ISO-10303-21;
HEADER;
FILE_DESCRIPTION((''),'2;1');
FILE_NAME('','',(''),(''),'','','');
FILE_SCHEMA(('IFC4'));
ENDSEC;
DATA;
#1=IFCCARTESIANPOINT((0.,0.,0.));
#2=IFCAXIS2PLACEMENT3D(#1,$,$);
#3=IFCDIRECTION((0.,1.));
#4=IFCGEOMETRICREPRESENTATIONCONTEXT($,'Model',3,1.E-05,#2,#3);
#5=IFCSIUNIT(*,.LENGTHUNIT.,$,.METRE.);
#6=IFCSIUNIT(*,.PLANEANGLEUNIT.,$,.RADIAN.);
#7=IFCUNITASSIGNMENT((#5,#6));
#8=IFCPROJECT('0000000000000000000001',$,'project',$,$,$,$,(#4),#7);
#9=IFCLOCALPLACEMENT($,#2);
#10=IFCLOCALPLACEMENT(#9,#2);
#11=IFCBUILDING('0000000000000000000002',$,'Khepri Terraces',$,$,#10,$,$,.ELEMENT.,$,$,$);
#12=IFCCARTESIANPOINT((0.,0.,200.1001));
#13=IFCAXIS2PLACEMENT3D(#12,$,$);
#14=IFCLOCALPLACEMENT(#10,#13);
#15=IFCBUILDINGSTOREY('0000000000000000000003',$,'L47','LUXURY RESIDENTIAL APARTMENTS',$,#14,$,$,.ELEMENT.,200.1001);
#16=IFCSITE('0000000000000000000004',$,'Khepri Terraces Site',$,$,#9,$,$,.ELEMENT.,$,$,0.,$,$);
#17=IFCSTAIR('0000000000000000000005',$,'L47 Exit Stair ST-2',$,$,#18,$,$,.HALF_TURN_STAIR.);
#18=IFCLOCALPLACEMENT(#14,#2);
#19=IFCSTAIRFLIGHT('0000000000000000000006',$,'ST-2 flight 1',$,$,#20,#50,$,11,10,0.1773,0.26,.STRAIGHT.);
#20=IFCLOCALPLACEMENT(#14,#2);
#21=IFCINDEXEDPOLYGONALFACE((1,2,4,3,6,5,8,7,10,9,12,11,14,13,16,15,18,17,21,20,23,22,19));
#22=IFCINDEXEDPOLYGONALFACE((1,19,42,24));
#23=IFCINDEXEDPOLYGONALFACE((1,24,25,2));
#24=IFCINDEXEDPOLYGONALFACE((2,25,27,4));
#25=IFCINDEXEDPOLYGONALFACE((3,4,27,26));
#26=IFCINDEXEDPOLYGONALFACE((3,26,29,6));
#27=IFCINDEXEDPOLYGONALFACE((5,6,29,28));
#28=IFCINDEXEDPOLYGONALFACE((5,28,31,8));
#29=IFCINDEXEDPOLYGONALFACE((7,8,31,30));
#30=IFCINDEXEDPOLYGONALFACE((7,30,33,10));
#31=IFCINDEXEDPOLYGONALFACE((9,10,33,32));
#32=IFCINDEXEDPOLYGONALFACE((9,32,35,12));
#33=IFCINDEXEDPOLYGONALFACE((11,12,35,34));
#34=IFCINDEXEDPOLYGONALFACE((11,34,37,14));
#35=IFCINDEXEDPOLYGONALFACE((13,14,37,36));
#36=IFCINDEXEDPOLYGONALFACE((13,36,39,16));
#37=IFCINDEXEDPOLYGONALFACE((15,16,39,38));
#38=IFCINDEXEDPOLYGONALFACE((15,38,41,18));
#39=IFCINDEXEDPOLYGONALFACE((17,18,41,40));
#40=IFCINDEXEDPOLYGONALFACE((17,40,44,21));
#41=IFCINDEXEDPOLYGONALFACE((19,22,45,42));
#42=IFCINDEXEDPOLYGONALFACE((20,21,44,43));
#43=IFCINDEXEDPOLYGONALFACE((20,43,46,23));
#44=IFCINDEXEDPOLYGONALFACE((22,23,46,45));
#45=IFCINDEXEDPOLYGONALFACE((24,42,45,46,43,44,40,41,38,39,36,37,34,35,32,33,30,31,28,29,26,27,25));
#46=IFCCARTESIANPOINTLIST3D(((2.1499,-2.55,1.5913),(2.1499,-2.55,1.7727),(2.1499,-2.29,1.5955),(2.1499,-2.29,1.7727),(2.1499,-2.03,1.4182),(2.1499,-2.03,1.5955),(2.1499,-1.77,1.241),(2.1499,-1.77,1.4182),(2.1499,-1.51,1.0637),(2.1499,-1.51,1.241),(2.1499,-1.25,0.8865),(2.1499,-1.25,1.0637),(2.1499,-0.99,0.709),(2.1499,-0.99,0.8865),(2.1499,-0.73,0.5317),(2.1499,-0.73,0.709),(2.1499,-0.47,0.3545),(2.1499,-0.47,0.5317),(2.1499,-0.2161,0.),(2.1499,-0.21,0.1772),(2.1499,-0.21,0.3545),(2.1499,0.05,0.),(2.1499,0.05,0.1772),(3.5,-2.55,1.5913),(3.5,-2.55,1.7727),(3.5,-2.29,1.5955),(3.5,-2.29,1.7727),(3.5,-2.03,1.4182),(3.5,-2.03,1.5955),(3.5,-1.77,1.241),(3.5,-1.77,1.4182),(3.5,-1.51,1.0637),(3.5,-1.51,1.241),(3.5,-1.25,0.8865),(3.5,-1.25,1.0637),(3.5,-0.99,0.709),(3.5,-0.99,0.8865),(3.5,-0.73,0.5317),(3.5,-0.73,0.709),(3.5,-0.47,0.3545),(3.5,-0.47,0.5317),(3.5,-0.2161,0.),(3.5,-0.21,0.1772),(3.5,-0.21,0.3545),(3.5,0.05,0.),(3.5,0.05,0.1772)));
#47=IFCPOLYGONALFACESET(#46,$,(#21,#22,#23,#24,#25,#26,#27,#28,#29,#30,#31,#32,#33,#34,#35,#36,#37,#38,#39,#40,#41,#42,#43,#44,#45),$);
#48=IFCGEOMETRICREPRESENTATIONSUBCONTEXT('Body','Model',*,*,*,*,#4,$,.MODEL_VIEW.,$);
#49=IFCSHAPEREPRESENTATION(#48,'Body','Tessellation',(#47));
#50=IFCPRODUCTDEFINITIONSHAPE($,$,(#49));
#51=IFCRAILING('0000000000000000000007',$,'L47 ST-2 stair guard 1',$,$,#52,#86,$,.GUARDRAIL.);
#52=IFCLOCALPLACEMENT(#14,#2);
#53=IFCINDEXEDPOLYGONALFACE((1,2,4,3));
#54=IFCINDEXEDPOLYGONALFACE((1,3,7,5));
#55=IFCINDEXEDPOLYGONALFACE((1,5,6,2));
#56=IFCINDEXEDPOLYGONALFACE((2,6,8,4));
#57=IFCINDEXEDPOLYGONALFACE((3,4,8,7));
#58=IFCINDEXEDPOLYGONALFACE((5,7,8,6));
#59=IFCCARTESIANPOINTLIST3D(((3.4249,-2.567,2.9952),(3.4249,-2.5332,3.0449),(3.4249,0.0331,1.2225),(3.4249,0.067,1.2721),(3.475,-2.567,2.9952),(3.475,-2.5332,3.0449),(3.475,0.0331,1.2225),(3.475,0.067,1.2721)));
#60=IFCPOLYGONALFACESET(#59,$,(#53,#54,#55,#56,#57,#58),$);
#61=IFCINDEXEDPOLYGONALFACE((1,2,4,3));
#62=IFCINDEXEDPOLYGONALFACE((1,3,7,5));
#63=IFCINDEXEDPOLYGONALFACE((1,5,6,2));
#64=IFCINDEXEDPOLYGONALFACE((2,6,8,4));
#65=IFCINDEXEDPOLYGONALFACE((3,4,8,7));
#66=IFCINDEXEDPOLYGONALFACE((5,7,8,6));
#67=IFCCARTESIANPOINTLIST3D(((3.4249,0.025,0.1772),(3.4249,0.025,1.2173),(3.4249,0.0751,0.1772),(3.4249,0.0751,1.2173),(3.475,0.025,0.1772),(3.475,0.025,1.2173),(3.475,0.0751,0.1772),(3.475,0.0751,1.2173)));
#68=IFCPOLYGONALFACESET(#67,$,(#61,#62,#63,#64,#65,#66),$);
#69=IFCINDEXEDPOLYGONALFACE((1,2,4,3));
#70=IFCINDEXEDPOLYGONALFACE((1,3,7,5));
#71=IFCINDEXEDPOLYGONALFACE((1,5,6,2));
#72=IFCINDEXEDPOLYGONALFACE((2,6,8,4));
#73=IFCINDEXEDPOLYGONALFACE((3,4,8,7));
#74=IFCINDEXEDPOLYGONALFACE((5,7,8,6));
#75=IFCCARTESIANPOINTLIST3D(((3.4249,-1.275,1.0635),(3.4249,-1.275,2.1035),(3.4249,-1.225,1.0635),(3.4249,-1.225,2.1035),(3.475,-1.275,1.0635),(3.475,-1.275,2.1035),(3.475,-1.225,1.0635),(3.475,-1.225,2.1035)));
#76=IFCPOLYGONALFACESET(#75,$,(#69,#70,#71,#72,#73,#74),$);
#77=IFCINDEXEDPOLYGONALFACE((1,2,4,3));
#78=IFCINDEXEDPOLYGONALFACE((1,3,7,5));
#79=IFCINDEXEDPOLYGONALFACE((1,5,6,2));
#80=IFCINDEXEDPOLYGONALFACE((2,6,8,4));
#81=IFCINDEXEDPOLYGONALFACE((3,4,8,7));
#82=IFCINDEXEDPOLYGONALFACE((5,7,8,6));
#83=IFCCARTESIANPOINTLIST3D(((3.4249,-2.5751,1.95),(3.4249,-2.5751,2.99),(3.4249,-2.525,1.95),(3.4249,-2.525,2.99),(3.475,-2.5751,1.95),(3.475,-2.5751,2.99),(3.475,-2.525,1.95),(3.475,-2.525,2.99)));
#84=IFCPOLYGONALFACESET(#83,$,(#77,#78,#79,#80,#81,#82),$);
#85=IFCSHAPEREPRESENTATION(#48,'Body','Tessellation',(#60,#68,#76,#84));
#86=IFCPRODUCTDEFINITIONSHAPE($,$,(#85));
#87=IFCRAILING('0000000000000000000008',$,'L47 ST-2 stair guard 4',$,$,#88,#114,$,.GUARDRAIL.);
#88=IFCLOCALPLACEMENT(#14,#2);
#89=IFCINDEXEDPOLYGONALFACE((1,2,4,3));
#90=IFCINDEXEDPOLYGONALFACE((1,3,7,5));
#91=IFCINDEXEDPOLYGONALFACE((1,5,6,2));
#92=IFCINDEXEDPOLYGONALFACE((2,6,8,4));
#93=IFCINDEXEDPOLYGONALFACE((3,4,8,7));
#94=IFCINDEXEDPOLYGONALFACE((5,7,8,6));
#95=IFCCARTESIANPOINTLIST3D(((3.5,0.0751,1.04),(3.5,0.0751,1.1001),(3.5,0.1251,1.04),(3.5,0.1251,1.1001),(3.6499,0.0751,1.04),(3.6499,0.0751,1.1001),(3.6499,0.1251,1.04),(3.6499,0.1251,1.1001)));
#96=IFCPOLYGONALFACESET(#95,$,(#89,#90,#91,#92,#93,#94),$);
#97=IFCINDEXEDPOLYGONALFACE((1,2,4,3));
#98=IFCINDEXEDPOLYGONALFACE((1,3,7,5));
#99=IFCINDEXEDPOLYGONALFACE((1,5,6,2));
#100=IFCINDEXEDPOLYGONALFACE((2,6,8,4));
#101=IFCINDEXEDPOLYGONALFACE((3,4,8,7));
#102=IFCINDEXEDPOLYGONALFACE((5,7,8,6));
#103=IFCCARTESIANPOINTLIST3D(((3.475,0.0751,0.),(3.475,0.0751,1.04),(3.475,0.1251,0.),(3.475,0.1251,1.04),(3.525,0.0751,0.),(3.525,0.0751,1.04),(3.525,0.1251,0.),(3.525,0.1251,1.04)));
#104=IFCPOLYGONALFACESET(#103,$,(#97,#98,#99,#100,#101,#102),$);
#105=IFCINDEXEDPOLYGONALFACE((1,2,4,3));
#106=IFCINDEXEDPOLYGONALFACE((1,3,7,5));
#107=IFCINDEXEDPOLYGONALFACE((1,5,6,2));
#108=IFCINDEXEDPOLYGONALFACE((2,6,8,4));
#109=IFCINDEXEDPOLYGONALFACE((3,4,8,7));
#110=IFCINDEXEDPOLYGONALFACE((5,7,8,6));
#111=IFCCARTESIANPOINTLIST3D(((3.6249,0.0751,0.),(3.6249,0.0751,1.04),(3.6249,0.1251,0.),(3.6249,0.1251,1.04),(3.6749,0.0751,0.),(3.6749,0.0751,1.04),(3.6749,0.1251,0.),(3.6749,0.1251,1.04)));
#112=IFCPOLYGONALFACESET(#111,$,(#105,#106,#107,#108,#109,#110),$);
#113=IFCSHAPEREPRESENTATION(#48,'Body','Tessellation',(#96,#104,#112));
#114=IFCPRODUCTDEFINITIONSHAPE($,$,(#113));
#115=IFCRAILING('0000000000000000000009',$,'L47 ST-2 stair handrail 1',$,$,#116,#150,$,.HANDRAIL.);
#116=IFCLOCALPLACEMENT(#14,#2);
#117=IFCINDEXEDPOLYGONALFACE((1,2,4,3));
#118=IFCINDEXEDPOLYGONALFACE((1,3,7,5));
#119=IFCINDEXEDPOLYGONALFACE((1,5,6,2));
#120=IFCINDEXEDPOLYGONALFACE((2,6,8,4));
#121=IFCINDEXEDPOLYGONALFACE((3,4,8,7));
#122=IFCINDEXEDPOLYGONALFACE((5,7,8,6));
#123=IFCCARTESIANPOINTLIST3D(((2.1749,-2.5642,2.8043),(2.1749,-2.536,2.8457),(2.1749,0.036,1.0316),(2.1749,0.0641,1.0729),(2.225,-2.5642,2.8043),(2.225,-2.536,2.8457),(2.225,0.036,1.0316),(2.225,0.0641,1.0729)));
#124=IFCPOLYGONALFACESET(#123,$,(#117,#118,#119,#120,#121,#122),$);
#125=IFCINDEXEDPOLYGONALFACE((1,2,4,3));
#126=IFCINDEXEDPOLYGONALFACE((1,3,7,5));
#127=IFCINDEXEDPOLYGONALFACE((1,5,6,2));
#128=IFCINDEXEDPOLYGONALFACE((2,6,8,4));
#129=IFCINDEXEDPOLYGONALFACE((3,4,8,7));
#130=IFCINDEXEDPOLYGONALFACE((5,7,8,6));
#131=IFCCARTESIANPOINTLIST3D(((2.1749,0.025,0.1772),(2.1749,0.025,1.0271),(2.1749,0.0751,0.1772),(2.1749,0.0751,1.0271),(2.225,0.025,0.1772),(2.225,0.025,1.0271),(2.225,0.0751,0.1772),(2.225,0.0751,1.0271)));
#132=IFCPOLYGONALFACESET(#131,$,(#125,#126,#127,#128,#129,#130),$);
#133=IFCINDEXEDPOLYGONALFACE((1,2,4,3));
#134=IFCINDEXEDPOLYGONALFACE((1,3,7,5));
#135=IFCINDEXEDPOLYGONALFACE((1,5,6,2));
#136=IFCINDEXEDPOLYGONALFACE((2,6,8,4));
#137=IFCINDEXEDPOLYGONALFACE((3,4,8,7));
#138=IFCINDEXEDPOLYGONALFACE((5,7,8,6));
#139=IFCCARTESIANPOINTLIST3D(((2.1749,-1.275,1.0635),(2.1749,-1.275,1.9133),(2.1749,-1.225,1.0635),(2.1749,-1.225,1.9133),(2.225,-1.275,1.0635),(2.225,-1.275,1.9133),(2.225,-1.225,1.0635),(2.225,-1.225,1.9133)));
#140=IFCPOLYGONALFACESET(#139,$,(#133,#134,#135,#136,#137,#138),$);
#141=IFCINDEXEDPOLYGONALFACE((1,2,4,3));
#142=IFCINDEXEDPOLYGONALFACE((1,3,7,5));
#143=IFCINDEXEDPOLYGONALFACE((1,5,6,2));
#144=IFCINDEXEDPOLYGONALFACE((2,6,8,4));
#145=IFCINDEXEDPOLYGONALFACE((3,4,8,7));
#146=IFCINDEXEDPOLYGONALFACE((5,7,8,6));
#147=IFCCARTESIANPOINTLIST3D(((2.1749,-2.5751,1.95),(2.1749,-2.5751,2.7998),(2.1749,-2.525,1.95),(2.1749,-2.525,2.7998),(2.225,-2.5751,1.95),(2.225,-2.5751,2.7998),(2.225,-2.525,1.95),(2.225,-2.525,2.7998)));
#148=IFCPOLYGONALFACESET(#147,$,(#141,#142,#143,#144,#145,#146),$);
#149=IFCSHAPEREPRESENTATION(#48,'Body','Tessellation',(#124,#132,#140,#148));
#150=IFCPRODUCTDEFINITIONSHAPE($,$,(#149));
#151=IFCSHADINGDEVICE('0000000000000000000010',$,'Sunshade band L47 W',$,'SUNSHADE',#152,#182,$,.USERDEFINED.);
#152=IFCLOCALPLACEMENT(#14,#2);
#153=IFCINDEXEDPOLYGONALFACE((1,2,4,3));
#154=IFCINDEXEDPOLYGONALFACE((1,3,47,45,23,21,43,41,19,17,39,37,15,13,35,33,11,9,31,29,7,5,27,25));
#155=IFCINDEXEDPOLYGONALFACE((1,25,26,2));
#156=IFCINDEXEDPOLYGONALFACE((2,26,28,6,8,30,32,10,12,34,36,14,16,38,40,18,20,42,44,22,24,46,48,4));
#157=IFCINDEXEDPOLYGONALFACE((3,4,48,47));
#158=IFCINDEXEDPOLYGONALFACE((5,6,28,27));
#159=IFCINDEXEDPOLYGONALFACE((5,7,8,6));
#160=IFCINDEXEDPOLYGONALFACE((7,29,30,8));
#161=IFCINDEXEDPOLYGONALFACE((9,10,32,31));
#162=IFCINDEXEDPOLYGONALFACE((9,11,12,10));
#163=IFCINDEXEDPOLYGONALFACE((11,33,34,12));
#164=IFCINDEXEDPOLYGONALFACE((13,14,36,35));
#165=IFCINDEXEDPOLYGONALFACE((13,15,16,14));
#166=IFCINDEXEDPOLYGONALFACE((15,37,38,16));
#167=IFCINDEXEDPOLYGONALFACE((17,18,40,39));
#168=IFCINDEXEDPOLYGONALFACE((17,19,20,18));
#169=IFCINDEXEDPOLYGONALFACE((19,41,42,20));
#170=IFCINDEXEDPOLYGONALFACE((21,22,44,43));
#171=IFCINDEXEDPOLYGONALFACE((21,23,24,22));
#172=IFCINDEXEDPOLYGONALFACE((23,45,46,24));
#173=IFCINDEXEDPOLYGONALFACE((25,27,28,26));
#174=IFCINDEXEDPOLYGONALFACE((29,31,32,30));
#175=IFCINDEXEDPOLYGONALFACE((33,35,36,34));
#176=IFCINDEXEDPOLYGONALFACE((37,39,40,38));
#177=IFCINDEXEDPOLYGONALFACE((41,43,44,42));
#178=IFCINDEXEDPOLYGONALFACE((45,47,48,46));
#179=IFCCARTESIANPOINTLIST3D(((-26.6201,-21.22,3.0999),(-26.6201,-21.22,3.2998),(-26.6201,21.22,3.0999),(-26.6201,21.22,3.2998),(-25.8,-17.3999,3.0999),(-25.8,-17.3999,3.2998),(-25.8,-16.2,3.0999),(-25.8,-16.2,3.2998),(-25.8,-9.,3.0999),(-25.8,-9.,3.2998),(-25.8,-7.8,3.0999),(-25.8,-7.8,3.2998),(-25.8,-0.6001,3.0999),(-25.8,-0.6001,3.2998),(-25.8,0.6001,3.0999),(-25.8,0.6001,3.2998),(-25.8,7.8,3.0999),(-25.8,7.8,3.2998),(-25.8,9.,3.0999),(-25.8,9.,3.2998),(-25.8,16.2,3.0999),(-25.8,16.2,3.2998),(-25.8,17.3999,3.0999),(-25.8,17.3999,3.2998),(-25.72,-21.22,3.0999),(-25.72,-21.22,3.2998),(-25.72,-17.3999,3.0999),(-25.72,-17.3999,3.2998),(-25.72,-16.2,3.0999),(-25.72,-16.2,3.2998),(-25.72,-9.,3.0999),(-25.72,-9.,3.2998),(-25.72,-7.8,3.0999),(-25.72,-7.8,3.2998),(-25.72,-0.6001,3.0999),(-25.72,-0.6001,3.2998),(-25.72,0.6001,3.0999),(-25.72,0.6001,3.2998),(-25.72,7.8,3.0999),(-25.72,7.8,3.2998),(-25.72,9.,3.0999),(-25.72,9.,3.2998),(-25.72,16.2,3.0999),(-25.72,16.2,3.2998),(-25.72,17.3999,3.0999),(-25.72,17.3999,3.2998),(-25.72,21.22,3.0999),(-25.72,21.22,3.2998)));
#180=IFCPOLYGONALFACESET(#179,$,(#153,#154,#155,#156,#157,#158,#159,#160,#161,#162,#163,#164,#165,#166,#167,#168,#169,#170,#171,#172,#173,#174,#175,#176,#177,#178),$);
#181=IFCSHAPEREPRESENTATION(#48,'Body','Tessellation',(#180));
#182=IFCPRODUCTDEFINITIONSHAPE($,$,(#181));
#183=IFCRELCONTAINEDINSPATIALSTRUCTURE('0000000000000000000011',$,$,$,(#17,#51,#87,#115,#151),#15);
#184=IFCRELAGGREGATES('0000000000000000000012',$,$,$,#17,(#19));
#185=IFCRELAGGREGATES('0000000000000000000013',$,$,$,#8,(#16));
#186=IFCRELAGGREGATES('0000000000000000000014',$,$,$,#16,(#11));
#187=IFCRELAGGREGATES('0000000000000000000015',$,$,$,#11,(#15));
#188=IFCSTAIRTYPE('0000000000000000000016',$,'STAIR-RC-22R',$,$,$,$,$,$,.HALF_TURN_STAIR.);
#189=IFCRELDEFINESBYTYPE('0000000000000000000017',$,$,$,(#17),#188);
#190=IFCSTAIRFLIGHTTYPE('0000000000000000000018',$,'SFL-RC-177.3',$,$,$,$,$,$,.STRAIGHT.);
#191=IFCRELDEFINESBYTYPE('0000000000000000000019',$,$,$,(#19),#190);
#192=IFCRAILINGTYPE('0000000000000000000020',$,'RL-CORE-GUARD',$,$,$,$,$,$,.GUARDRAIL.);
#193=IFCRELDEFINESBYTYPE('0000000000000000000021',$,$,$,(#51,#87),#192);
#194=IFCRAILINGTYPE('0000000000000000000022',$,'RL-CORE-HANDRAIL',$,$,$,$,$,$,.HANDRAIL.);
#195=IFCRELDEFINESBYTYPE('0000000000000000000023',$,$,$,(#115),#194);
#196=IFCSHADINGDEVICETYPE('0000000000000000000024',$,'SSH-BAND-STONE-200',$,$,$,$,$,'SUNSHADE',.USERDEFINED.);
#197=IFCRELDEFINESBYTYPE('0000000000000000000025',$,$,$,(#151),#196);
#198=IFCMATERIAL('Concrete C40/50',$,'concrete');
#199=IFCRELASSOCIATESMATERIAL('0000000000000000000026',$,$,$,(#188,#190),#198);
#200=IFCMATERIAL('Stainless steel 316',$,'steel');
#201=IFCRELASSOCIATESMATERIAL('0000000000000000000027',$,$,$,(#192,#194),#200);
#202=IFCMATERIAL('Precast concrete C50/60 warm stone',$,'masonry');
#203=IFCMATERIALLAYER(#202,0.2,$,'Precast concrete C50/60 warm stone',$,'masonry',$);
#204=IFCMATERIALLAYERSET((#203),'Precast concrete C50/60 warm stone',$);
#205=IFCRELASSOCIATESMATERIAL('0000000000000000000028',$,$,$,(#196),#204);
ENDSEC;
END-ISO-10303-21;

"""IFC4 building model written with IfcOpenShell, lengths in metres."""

from ifc_helpers import new_model, si_unit, direction, frame, origin, origin_2d, place, context, subcontext, project, spatial, polyline, rectangle, outline, extrude, material, layer, layer_set, type_object, element, aggregate, save


model = new_model("IFC4")

# Units and contexts
model_context = context("Model", 3, precision=1e-05, world=origin(), true_north=direction((0.0, 1.0)))
body_context = subcontext(model_context, "Body", "Model", "MODEL_VIEW")
ifc_project = project(units=[si_unit("LENGTHUNIT", "METRE"), si_unit("PLANEANGLEUNIT", "RADIAN")], contexts=[model_context])

# Site, building, storey
site_placement = place(None, origin())
site = spatial("IfcSite", under=ifc_project, at=site_placement, Name="Khepri Terraces Site", CompositionType="ELEMENT", RefElevation=0.0)
building_placement = place(site_placement, origin())
building = spatial("IfcBuilding", under=site, at=building_placement, Name="Khepri Terraces", CompositionType="ELEMENT")
storey_placement = place(building_placement, frame((0.0, 0.0, 200.1001)))
storey = spatial("IfcBuildingStorey", under=building, at=storey_placement, Name="L47", Description="LUXURY RESIDENTIAL APARTMENTS", CompositionType="ELEMENT", Elevation=200.1001)

# Stair
ifc_material_1 = material(Name="Concrete C40/50", Category="concrete")
stair_type = type_object("IfcStairType", Name="STAIR-RC-22R", PredefinedType="HALF_TURN_STAIR", material=ifc_material_1)
stair_1_placement = place(storey_placement, origin())
stair_1 = element("IfcStair", 1, at=stair_1_placement, inside=storey, type_object=stair_type, Name="L47 Exit Stair ST-2", PredefinedType="HALF_TURN_STAIR")

# Stair flight
stair_flight_type = type_object("IfcStairFlightType", Name="SFL-RC-177.3", PredefinedType="STRAIGHT", material=ifc_material_1)
stair_flight_placement = place(storey_placement, frame((2.825, 0.05, 0.0), z_axis=(0.0, 0.0, 1.0), x_axis=(0.0, -1.0, 0.0)))
stair_flight = element("IfcStairFlight", 2, at=stair_flight_placement, type_object=stair_flight_type, Name="ST-2 flight 1", NumberOfRisers=11, NumberOfTreads=10, PredefinedType="STRAIGHT", RiserHeight=0.1773, TreadLength=0.26, context=body_context, shape_type="SweptSolid", body=[
    extrude(outline(polyline([(0.0, 0.0), (0.0, 0.1772), (0.26, 0.1772), (0.26, 0.3545), (0.52, 0.3545), (0.52, 0.5317), (0.78, 0.5317), (0.78, 0.709), (1.04, 0.709), (1.04, 0.8865), (1.3, 0.8865), (1.3, 1.0637), (1.5601, 1.0637), (1.5601, 1.241), (1.8201, 1.241), (1.8201, 1.4182), (2.0801, 1.4182), (2.0801, 1.5955), (2.3401, 1.5955), (2.3401, 1.7727), (2.6001, 1.7727), (2.6001, 1.95), (2.6001, 1.5913), (0.2661, 0.0), (0.0, 0.0)])), frame((0.0, 0.675, 0.0), z_axis=(0.0, -1.0, 0.0), x_axis=(1.0, 0.0, 0.0)), (0.0, 0.0, 1.0), 1.3501),
])
aggregate(stair_1, [stair_flight])

# Railings
ifc_material_2 = material(Name="Stainless steel 316", Category="steel")
railing_type_1 = type_object("IfcRailingType", Name="RL-CORE-GUARD", PredefinedType="GUARDRAIL", material=ifc_material_2)
railing_1_placement = place(storey_placement, frame((3.45, 0.05, 0.1772)))
element("IfcRailing", 3, at=railing_1_placement, inside=storey, type_object=railing_type_1, Name="L47 ST-2 stair guard 1", PredefinedType="GUARDRAIL", context=body_context, shape_type="SweptSolid", body=[
    extrude(rectangle(XDim=0.05, YDim=0.0601, at=origin_2d()), frame((0.0, 0.0, 1.0701), z_axis=(0.0, -0.82624, 0.563318), x_axis=(1.0, 0.0, 0.0)), (0.0, 0.0, 1.0), 3.147),
    extrude(rectangle(XDim=0.05, YDim=0.05, at=origin_2d()), origin(), (0.0, 0.0, 1.0), 1.04),
    extrude(rectangle(XDim=0.05, YDim=0.05, at=origin_2d()), frame((0.0, -1.3, 0.8862)), (0.0, 0.0, 1.0), 1.04),
    extrude(rectangle(XDim=0.05, YDim=0.05, at=origin_2d()), frame((0.0, -2.6001, 1.7727)), (0.0, 0.0, 1.0), 1.04),
])
railing_2_placement = place(storey_placement, frame((3.5, 0.1001, 0.0)))
element("IfcRailing", 4, at=railing_2_placement, inside=storey, type_object=railing_type_1, Name="L47 ST-2 stair guard 4", PredefinedType="GUARDRAIL", context=body_context, shape_type="SweptSolid", body=[
    extrude(rectangle(XDim=0.05, YDim=0.0601, at=origin_2d()), frame((0.0, 0.0, 1.0701), z_axis=(1.0, 0.0, 0.0), x_axis=(0.0, 1.0, 0.0)), (0.0, 0.0, 1.0), 0.1499),
    extrude(rectangle(XDim=0.05, YDim=0.05, at=origin_2d()), origin(), (0.0, 0.0, 1.0), 1.04),
    extrude(rectangle(XDim=0.05, YDim=0.05, at=origin_2d()), frame((0.1499, 0.0, 0.0)), (0.0, 0.0, 1.0), 1.04),
])
railing_type_2 = type_object("IfcRailingType", Name="RL-CORE-HANDRAIL", PredefinedType="HANDRAIL", material=ifc_material_2)
railing_3_placement = place(storey_placement, frame((2.2, 0.05, 0.1772)))
element("IfcRailing", 5, at=railing_3_placement, inside=storey, type_object=railing_type_2, Name="L47 ST-2 stair handrail 1", PredefinedType="HANDRAIL", context=body_context, shape_type="SweptSolid", body=[
    extrude(rectangle(XDim=0.05, YDim=0.05, at=origin_2d()), frame((0.0, 0.0, 0.875), z_axis=(0.0, -0.82624, 0.563318), x_axis=(1.0, 0.0, 0.0)), (0.0, 0.0, 1.0), 3.147),
    extrude(rectangle(XDim=0.05, YDim=0.05, at=origin_2d()), origin(), (0.0, 0.0, 1.0), 0.8499),
    extrude(rectangle(XDim=0.05, YDim=0.05, at=origin_2d()), frame((0.0, -1.3, 0.8862)), (0.0, 0.0, 1.0), 0.8499),
    extrude(rectangle(XDim=0.05, YDim=0.05, at=origin_2d()), frame((0.0, -2.6001, 1.7727)), (0.0, 0.0, 1.0), 0.8499),
])

# Shading device
ifc_material_3 = material(Name="Precast concrete C50/60 warm stone", Category="masonry")
ifc_layer_1 = layer(ifc_material_3, 0.2, Name="Precast concrete C50/60 warm stone", Category="masonry")
ifc_layer_set_1 = layer_set([ifc_layer_1], Name="Precast concrete C50/60 warm stone")
shading_device_type = type_object("IfcShadingDeviceType", Name="SSH-BAND-STONE-200", ElementType="SUNSHADE", PredefinedType="USERDEFINED", material=ifc_layer_set_1)
shading_device_placement = place(storey_placement, frame((0.0, 0.0, 3.0999)))
element("IfcShadingDevice", 6, at=shading_device_placement, inside=storey, type_object=shading_device_type, Name="Sunshade band L47 W", ObjectType="SUNSHADE", PredefinedType="USERDEFINED", context=body_context, shape_type="SweptSolid", body=[
    extrude(outline(polyline([(-25.72, 17.3999), (-25.72, 21.22), (-26.6201, 21.22), (-26.6201, -21.22), (-25.72, -21.22), (-25.72, -17.3999), (-25.8, -17.3999), (-25.8, -16.2), (-25.72, -16.2), (-25.72, -9.0), (-25.8, -9.0), (-25.8, -7.8), (-25.72, -7.8), (-25.72, -0.6001), (-25.8, -0.6001), (-25.8, 0.6001), (-25.72, 0.6001), (-25.72, 7.8), (-25.8, 7.8), (-25.8, 9.0), (-25.72, 9.0), (-25.72, 16.2), (-25.8, 16.2), (-25.8, 17.3999), (-25.72, 17.3999)])), origin(), (0.0, 0.0, 1.0), 0.2),
])

save(model, "model.ifc")
